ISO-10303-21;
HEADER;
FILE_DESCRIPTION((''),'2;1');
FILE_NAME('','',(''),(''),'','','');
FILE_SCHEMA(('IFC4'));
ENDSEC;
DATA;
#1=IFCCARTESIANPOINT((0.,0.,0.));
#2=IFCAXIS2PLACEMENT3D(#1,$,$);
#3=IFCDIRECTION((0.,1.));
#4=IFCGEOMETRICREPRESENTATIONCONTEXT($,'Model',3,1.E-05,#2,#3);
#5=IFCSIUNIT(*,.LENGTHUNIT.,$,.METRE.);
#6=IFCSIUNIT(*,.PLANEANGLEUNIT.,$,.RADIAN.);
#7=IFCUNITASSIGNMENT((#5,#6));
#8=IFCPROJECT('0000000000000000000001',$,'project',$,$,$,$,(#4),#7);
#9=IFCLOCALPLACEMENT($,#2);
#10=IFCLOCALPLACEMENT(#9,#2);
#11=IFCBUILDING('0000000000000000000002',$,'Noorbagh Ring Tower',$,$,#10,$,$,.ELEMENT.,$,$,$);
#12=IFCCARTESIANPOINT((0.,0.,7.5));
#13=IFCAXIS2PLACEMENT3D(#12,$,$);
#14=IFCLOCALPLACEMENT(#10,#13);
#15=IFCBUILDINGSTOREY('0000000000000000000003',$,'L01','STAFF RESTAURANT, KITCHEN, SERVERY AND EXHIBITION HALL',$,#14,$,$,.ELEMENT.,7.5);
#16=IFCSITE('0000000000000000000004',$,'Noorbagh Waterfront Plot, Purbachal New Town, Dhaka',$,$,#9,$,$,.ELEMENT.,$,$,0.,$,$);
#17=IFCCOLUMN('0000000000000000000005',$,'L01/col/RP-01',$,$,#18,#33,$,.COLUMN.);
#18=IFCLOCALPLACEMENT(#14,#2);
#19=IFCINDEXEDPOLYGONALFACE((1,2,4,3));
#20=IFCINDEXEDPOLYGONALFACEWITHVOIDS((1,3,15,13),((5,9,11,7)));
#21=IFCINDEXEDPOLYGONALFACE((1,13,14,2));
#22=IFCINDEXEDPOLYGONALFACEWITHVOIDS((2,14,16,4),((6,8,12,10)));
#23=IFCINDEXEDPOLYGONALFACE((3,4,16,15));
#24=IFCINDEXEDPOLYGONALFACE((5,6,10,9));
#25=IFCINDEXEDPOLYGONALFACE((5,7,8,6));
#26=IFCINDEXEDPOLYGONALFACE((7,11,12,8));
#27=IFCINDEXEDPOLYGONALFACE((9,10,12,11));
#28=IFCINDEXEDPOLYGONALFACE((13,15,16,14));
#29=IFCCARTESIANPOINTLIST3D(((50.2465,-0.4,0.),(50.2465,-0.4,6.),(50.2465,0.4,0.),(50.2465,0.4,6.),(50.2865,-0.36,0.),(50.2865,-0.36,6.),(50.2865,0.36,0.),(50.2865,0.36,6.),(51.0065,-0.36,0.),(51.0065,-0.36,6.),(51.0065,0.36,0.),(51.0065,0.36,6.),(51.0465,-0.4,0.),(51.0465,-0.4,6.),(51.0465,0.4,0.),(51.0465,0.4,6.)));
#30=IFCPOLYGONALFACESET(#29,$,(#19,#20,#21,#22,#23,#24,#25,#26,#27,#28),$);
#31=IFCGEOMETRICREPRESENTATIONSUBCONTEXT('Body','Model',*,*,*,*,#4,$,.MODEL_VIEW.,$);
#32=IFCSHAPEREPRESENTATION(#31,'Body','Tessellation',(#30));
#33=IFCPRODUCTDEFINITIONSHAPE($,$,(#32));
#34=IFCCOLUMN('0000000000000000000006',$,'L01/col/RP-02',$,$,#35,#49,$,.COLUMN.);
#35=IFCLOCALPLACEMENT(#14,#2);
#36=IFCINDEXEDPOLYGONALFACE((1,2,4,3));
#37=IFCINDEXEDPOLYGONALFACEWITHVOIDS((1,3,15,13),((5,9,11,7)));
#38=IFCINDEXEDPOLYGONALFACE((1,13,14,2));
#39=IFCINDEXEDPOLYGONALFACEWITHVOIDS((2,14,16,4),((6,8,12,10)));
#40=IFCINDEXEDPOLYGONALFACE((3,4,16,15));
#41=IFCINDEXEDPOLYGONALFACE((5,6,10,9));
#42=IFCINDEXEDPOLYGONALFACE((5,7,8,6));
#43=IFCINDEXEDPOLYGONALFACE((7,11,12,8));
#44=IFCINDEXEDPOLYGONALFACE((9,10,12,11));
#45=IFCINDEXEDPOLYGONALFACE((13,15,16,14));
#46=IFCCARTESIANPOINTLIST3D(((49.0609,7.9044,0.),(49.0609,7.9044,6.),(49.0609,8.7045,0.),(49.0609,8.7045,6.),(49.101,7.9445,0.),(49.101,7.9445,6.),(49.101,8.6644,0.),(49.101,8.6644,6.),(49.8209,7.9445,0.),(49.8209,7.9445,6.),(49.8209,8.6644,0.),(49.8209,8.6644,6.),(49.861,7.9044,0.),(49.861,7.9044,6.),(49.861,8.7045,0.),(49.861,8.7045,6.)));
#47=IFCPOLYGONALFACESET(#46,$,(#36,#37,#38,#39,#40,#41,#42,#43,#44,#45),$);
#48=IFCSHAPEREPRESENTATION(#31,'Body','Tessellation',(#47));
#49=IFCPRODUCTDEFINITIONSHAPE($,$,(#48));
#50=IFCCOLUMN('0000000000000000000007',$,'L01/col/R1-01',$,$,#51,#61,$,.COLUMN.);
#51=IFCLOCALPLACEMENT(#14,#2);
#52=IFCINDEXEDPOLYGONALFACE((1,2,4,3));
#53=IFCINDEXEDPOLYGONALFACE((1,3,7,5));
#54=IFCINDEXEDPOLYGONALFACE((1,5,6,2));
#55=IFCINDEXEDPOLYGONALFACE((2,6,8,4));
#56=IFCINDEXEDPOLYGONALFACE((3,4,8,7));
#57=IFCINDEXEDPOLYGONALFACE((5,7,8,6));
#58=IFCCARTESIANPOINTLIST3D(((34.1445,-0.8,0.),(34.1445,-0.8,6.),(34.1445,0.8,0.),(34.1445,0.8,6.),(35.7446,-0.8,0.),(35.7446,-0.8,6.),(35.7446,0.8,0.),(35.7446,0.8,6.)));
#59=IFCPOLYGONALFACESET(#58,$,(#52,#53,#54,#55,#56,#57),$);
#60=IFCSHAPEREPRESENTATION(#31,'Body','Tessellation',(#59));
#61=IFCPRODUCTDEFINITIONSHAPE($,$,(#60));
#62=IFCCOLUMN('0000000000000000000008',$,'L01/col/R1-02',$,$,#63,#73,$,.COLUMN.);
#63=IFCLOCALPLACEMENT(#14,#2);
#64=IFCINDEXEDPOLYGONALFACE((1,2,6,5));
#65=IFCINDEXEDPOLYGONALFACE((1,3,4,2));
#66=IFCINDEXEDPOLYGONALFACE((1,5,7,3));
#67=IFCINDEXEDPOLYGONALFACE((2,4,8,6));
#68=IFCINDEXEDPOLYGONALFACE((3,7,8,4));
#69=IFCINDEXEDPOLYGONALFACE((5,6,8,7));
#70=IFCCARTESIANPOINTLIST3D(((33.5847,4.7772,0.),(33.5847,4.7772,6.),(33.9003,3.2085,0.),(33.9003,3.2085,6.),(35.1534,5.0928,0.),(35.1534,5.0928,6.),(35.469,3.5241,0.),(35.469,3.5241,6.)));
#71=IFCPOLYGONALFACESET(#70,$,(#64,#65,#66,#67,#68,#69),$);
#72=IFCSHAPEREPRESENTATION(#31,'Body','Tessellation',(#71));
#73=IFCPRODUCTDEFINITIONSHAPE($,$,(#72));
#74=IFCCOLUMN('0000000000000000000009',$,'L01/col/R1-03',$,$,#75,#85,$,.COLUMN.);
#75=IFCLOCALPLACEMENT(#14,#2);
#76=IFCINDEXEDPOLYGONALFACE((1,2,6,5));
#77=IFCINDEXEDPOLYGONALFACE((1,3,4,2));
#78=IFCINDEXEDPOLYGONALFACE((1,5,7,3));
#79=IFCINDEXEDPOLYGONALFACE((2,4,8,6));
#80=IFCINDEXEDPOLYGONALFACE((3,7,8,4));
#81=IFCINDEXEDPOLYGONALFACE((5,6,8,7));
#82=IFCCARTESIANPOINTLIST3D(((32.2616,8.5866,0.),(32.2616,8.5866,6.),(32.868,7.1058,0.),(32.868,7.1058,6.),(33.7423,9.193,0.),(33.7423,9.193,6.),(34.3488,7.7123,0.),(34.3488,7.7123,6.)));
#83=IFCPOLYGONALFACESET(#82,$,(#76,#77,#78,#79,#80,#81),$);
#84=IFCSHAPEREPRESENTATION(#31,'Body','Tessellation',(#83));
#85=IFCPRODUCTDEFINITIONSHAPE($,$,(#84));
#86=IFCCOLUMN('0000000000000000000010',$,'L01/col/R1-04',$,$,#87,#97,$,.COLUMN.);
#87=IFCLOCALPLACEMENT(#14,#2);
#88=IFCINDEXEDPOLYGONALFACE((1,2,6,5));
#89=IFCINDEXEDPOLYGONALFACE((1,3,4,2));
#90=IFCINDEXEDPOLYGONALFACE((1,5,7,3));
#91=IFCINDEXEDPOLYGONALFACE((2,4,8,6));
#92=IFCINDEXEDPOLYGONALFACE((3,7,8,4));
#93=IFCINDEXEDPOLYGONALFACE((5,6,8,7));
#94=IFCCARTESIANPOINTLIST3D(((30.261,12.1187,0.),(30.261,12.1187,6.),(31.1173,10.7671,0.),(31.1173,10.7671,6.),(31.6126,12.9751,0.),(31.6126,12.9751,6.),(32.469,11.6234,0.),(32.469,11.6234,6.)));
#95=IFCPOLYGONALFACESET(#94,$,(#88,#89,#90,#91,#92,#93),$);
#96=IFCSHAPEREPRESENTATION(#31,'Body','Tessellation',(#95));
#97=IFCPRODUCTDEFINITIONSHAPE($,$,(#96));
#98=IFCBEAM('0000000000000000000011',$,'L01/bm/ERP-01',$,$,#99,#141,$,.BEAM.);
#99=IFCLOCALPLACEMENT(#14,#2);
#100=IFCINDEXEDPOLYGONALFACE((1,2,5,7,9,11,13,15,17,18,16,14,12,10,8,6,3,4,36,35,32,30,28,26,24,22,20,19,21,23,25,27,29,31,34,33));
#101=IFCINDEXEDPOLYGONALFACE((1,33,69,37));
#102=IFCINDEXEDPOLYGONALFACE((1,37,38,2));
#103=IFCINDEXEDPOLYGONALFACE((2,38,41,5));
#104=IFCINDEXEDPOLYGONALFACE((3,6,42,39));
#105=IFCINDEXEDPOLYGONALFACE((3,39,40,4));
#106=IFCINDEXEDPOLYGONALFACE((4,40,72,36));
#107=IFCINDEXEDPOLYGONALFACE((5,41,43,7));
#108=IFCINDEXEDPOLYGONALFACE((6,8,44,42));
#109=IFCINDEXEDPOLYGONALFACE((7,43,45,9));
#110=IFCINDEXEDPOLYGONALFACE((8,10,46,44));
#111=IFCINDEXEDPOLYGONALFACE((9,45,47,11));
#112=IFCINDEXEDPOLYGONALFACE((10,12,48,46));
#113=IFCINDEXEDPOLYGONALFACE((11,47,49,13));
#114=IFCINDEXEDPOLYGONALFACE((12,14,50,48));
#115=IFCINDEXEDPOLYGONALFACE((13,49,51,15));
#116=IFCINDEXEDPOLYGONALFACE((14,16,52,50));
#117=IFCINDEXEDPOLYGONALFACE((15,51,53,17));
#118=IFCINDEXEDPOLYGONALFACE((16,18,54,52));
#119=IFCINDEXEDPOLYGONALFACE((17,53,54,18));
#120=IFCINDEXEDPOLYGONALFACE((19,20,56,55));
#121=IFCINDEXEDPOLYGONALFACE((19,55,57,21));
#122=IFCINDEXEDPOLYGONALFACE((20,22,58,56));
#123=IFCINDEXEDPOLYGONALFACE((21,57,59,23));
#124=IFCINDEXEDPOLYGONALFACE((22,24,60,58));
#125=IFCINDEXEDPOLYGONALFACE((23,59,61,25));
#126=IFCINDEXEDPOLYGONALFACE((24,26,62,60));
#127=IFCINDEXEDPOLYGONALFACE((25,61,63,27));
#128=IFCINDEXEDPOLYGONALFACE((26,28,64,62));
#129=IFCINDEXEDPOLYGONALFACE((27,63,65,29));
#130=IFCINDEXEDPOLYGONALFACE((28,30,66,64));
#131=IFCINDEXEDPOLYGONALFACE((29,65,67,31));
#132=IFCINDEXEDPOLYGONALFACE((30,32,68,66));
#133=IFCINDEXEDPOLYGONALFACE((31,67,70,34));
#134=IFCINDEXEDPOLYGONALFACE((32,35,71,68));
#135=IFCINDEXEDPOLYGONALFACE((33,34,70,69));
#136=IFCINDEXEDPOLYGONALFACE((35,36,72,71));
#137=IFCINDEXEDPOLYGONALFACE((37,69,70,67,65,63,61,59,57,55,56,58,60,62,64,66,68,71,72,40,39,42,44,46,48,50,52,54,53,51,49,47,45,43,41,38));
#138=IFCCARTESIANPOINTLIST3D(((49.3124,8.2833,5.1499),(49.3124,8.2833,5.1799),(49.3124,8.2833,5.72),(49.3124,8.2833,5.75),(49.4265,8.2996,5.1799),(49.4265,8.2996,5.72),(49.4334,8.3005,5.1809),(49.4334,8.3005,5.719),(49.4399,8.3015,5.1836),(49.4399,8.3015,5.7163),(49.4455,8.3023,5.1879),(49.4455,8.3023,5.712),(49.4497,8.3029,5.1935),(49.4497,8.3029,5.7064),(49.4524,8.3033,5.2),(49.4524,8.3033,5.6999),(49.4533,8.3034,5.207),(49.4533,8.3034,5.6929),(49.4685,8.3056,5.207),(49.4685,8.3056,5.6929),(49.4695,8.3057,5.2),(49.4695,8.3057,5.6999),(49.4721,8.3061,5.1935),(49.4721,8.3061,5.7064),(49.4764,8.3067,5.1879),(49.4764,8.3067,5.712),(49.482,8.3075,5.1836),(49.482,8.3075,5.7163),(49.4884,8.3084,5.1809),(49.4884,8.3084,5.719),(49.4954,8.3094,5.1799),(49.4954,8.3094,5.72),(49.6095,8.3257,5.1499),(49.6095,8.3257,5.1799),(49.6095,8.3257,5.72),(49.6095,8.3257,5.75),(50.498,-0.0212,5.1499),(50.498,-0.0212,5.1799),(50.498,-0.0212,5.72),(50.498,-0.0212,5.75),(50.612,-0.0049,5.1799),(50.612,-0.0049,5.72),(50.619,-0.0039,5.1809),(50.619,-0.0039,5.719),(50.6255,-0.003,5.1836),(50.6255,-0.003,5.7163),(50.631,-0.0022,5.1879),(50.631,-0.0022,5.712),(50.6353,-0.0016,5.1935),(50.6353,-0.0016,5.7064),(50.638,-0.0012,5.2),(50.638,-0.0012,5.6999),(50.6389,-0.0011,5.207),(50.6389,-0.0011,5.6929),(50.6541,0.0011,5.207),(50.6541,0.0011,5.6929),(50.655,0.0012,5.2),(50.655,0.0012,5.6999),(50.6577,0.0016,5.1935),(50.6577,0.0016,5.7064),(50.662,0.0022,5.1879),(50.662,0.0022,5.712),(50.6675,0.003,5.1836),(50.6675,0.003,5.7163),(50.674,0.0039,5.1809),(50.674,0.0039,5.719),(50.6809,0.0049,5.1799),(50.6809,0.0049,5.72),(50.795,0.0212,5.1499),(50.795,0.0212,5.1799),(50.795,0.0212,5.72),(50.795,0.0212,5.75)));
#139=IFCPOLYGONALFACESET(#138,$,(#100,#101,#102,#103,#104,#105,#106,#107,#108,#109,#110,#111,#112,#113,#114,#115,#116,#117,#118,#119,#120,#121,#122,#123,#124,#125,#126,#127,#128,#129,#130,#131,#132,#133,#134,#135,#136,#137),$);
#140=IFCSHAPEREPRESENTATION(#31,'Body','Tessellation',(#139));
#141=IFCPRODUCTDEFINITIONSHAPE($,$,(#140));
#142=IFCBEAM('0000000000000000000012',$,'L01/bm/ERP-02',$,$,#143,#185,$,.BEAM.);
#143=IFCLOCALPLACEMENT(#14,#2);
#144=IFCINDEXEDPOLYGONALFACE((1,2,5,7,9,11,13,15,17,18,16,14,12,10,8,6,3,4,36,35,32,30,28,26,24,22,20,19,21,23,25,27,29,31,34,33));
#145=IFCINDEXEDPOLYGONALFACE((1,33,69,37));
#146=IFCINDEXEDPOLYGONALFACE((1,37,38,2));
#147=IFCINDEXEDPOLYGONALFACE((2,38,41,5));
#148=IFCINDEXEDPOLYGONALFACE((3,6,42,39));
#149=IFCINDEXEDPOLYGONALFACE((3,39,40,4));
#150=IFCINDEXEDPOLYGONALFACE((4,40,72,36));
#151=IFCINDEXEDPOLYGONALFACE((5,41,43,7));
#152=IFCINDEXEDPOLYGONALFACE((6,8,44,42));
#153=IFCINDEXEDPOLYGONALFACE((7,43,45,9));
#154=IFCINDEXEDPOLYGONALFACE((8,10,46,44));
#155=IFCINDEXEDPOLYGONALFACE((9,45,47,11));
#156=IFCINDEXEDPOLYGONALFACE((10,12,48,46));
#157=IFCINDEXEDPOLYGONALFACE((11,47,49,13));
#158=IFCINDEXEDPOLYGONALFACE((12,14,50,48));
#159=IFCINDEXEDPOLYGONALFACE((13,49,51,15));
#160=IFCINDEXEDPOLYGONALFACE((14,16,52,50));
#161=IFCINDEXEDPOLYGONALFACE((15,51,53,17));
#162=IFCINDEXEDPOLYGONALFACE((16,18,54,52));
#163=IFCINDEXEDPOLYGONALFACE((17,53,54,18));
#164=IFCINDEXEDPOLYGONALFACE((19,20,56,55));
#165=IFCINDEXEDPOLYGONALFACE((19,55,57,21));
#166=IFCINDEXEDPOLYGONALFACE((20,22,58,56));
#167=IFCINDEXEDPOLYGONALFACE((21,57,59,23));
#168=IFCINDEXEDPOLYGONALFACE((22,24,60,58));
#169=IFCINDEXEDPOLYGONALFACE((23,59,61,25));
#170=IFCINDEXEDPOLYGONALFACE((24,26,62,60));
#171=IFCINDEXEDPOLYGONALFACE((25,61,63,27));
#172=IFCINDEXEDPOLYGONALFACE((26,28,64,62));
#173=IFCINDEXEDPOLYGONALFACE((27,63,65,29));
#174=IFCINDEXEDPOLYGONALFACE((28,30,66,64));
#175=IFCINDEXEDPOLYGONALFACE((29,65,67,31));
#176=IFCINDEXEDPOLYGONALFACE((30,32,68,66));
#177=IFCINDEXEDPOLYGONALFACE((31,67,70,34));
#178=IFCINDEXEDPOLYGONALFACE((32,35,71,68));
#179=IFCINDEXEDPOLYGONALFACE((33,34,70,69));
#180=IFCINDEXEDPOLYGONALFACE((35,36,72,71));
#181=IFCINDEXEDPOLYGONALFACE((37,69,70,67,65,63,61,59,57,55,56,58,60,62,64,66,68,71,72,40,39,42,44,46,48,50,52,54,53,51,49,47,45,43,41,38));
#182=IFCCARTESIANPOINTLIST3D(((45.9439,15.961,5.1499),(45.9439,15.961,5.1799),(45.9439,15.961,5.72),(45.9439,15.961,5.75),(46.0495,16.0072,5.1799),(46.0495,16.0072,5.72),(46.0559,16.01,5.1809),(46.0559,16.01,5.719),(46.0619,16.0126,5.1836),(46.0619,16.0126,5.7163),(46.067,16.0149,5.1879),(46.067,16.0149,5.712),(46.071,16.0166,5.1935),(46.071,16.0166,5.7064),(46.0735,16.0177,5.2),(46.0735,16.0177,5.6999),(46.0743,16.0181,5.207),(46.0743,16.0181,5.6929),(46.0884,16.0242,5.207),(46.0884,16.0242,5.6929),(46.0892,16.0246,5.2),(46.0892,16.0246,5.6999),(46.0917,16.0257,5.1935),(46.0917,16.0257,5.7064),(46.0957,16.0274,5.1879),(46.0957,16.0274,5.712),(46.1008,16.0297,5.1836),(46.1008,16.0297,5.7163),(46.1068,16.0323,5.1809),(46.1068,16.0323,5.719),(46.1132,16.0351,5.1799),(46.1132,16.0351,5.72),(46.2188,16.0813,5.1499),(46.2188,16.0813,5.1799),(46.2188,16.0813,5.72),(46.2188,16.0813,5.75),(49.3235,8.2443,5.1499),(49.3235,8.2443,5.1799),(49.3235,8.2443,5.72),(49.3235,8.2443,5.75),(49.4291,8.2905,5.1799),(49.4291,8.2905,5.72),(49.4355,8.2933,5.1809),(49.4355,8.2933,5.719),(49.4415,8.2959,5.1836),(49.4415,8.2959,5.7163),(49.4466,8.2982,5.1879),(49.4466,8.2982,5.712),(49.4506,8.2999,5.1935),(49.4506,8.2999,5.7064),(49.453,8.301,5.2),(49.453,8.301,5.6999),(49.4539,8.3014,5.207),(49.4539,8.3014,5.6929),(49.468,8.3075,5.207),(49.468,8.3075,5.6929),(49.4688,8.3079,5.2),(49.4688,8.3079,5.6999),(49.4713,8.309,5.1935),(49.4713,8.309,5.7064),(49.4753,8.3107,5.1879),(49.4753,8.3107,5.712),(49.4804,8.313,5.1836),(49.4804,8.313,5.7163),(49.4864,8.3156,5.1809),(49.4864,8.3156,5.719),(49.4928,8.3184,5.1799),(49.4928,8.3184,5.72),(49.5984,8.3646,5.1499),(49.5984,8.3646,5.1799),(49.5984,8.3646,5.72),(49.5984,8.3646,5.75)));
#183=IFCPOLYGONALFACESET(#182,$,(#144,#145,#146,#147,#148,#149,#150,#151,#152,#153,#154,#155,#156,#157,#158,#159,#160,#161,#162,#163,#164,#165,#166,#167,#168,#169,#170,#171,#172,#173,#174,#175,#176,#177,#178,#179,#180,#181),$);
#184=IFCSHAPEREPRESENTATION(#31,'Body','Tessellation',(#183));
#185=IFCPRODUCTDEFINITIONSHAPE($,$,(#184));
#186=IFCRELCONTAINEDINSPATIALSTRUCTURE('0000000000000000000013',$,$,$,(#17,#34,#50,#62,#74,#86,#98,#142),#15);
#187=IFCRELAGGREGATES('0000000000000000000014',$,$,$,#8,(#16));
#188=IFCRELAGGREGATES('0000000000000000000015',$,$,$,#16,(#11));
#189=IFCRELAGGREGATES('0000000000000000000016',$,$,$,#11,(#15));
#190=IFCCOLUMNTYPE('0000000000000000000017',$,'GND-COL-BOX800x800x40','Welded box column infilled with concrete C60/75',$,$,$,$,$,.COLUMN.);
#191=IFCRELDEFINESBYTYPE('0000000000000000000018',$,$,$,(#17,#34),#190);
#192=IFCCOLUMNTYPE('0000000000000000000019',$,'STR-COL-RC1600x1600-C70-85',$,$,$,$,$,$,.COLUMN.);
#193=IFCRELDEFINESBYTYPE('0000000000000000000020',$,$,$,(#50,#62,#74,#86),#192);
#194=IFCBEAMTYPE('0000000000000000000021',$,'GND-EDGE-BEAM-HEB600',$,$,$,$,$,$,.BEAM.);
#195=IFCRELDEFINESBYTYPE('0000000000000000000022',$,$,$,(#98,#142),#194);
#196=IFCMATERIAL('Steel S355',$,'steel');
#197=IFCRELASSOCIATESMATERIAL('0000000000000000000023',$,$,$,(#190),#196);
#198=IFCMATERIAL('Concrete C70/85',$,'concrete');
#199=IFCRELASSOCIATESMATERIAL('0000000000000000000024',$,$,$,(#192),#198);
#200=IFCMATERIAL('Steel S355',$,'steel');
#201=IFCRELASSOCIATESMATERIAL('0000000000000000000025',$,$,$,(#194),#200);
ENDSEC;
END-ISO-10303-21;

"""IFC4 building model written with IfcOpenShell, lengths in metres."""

from ifc_helpers import new_model, si_unit, direction, frame, origin, origin_2d, place, context, subcontext, project, spatial, rectangle, hollow_rectangle, i_section, extrude, material, material_profile, profile_set, type_object, element, save


model = new_model("IFC4")

# Units and contexts
model_context = context("Model", 3, precision=1e-05, world=origin(), true_north=direction((0.0, 1.0)))
body_context = subcontext(model_context, "Body", "Model", "MODEL_VIEW")
ifc_project = project(units=[si_unit("LENGTHUNIT", "METRE"), si_unit("PLANEANGLEUNIT", "RADIAN")], contexts=[model_context])

# Site, building, storey
site_placement = place(None, origin())
site = spatial("IfcSite", under=ifc_project, at=site_placement, Name="Noorbagh Waterfront Plot, Purbachal New Town, Dhaka", CompositionType="ELEMENT", RefElevation=0.0)
building_placement = place(site_placement, origin())
building = spatial("IfcBuilding", under=site, at=building_placement, Name="Noorbagh Ring Tower", CompositionType="ELEMENT")
storey_placement = place(building_placement, frame((0.0, 0.0, 7.5)))
storey = spatial("IfcBuildingStorey", under=building, at=storey_placement, Name="L01", Description="STAFF RESTAURANT, KITCHEN, SERVERY AND EXHIBITION HALL", CompositionType="ELEMENT", Elevation=7.5)

# Columns
ifc_material_1 = material(Name="Steel S355", Category="steel")
ifc_material_profile_1 = material_profile(ifc_material_1, hollow_rectangle(XDim=0.8, YDim=0.8, WallThickness=0.04, at=origin_2d()), Name="BOX800x800x40")
ifc_profile_set_1 = profile_set([ifc_material_profile_1], Name="Steel S355")
column_type_1 = type_object("IfcColumnType", Name="GND-COL-BOX800x800x40", Description="Welded box column infilled with concrete C60/75", PredefinedType="COLUMN", material=ifc_profile_set_1)
for number, where, z_axis, x_axis, name in (
    (1, (50.6465, 0.0, 0.0), (0.0, 0.0, 1.0), (1.0, 0.0, 0.0), "L01/col/RP-01"),
    (2, (49.4609, 8.3044, 0.0), (0.0, 0.0, 1.0), (1.0, 0.0, 0.0), "L01/col/RP-02"),
):
    element("IfcColumn", number, at=place(storey_placement, frame(where, z_axis=z_axis, x_axis=x_axis)), inside=storey, type_object=column_type_1, Name=name, PredefinedType="COLUMN", context=body_context, shape_type="SweptSolid", body=[
        extrude(hollow_rectangle(XDim=0.8, YDim=0.8, WallThickness=0.04, at=origin_2d()), origin(), (0.0, 0.0, 1.0), 6.0),
    ])
ifc_material_2 = material(Name="Concrete C70/85", Category="concrete")
ifc_material_profile_2 = material_profile(ifc_material_2, rectangle(XDim=1.6001, YDim=1.6001, at=origin_2d()), Name="RC1600x1600")
ifc_profile_set_2 = profile_set([ifc_material_profile_2], Name="Concrete C70/85")
column_type_2 = type_object("IfcColumnType", Name="STR-COL-RC1600x1600-C70-85", PredefinedType="COLUMN", material=ifc_profile_set_2)
for number, where, z_axis, x_axis, name in (
    (3, (34.9446, 0.0, 0.0), (0.0, 0.0, 1.0), (0.0, 1.0, 0.0), "L01/col/R1-01"),
    (4, (34.5269, 4.1506, 0.0), (0.0, 0.0, 1.0), (-0.19723, 0.980357, 0.0), "L01/col/R1-02"),
    (5, (33.3052, 8.1494, 0.0), (0.0, 0.0, 1.0), (-0.378989, 0.925401, 0.0), "L01/col/R1-03"),
    (6, (31.365, 11.8711, 0.0), (0.0, 0.0, 1.0), (-0.53519, 0.844731, 0.0), "L01/col/R1-04"),
):
    element("IfcColumn", number, at=place(storey_placement, frame(where, z_axis=z_axis, x_axis=x_axis)), inside=storey, type_object=column_type_2, Name=name, PredefinedType="COLUMN", context=body_context, shape_type="SweptSolid", body=[
        extrude(rectangle(XDim=1.6001, YDim=1.6001, at=origin_2d()), origin(), (0.0, 0.0, 1.0), 6.0),
    ])

# Beams
ifc_material_3 = material(Name="Steel S355", Category="steel")
ifc_material_profile_3 = material_profile(ifc_material_3, i_section(OverallWidth=0.3, OverallDepth=0.6001, WebThickness=0.0154, FlangeThickness=0.03, FilletRadius=0.0271, at=origin_2d()), Name="HEB600")
ifc_profile_set_3 = profile_set([ifc_material_profile_3], Name="Steel S355")
beam_type_1 = type_object("IfcBeamType", Name="GND-EDGE-BEAM-HEB600", PredefinedType="BEAM", material=ifc_profile_set_3)
beam_1_placement = place(storey_placement, frame((50.6465, 0.0, 5.45), z_axis=(-0.141328, 0.989963, 0.0), x_axis=(-0.989963, -0.141328, 0.0)))
element("IfcBeam", 7, at=beam_1_placement, inside=storey, type_object=beam_type_1, Name="L01/bm/ERP-01", PredefinedType="BEAM", context=body_context, shape_type="SweptSolid", body=[
    extrude(i_section(OverallWidth=0.3, OverallDepth=0.6001, WebThickness=0.0154, FlangeThickness=0.03, FilletRadius=0.0271, at=origin_2d()), origin(), (0.0, 0.0, 1.0), 8.3887),
])
beam_2_placement = place(storey_placement, frame((49.4609, 8.3044, 5.45), z_axis=(-0.401172, 0.916003, 0.0), x_axis=(-0.916003, -0.401172, 0.0)))
element("IfcBeam", 8, at=beam_2_placement, inside=storey, type_object=beam_type_1, Name="L01/bm/ERP-02", PredefinedType="BEAM", context=body_context, shape_type="SweptSolid", body=[
    extrude(i_section(OverallWidth=0.3, OverallDepth=0.6001, WebThickness=0.0154, FlangeThickness=0.03, FilletRadius=0.0271, at=origin_2d()), origin(), (0.0, 0.0, 1.0), 8.4243),
])

save(model, "model.ifc")
